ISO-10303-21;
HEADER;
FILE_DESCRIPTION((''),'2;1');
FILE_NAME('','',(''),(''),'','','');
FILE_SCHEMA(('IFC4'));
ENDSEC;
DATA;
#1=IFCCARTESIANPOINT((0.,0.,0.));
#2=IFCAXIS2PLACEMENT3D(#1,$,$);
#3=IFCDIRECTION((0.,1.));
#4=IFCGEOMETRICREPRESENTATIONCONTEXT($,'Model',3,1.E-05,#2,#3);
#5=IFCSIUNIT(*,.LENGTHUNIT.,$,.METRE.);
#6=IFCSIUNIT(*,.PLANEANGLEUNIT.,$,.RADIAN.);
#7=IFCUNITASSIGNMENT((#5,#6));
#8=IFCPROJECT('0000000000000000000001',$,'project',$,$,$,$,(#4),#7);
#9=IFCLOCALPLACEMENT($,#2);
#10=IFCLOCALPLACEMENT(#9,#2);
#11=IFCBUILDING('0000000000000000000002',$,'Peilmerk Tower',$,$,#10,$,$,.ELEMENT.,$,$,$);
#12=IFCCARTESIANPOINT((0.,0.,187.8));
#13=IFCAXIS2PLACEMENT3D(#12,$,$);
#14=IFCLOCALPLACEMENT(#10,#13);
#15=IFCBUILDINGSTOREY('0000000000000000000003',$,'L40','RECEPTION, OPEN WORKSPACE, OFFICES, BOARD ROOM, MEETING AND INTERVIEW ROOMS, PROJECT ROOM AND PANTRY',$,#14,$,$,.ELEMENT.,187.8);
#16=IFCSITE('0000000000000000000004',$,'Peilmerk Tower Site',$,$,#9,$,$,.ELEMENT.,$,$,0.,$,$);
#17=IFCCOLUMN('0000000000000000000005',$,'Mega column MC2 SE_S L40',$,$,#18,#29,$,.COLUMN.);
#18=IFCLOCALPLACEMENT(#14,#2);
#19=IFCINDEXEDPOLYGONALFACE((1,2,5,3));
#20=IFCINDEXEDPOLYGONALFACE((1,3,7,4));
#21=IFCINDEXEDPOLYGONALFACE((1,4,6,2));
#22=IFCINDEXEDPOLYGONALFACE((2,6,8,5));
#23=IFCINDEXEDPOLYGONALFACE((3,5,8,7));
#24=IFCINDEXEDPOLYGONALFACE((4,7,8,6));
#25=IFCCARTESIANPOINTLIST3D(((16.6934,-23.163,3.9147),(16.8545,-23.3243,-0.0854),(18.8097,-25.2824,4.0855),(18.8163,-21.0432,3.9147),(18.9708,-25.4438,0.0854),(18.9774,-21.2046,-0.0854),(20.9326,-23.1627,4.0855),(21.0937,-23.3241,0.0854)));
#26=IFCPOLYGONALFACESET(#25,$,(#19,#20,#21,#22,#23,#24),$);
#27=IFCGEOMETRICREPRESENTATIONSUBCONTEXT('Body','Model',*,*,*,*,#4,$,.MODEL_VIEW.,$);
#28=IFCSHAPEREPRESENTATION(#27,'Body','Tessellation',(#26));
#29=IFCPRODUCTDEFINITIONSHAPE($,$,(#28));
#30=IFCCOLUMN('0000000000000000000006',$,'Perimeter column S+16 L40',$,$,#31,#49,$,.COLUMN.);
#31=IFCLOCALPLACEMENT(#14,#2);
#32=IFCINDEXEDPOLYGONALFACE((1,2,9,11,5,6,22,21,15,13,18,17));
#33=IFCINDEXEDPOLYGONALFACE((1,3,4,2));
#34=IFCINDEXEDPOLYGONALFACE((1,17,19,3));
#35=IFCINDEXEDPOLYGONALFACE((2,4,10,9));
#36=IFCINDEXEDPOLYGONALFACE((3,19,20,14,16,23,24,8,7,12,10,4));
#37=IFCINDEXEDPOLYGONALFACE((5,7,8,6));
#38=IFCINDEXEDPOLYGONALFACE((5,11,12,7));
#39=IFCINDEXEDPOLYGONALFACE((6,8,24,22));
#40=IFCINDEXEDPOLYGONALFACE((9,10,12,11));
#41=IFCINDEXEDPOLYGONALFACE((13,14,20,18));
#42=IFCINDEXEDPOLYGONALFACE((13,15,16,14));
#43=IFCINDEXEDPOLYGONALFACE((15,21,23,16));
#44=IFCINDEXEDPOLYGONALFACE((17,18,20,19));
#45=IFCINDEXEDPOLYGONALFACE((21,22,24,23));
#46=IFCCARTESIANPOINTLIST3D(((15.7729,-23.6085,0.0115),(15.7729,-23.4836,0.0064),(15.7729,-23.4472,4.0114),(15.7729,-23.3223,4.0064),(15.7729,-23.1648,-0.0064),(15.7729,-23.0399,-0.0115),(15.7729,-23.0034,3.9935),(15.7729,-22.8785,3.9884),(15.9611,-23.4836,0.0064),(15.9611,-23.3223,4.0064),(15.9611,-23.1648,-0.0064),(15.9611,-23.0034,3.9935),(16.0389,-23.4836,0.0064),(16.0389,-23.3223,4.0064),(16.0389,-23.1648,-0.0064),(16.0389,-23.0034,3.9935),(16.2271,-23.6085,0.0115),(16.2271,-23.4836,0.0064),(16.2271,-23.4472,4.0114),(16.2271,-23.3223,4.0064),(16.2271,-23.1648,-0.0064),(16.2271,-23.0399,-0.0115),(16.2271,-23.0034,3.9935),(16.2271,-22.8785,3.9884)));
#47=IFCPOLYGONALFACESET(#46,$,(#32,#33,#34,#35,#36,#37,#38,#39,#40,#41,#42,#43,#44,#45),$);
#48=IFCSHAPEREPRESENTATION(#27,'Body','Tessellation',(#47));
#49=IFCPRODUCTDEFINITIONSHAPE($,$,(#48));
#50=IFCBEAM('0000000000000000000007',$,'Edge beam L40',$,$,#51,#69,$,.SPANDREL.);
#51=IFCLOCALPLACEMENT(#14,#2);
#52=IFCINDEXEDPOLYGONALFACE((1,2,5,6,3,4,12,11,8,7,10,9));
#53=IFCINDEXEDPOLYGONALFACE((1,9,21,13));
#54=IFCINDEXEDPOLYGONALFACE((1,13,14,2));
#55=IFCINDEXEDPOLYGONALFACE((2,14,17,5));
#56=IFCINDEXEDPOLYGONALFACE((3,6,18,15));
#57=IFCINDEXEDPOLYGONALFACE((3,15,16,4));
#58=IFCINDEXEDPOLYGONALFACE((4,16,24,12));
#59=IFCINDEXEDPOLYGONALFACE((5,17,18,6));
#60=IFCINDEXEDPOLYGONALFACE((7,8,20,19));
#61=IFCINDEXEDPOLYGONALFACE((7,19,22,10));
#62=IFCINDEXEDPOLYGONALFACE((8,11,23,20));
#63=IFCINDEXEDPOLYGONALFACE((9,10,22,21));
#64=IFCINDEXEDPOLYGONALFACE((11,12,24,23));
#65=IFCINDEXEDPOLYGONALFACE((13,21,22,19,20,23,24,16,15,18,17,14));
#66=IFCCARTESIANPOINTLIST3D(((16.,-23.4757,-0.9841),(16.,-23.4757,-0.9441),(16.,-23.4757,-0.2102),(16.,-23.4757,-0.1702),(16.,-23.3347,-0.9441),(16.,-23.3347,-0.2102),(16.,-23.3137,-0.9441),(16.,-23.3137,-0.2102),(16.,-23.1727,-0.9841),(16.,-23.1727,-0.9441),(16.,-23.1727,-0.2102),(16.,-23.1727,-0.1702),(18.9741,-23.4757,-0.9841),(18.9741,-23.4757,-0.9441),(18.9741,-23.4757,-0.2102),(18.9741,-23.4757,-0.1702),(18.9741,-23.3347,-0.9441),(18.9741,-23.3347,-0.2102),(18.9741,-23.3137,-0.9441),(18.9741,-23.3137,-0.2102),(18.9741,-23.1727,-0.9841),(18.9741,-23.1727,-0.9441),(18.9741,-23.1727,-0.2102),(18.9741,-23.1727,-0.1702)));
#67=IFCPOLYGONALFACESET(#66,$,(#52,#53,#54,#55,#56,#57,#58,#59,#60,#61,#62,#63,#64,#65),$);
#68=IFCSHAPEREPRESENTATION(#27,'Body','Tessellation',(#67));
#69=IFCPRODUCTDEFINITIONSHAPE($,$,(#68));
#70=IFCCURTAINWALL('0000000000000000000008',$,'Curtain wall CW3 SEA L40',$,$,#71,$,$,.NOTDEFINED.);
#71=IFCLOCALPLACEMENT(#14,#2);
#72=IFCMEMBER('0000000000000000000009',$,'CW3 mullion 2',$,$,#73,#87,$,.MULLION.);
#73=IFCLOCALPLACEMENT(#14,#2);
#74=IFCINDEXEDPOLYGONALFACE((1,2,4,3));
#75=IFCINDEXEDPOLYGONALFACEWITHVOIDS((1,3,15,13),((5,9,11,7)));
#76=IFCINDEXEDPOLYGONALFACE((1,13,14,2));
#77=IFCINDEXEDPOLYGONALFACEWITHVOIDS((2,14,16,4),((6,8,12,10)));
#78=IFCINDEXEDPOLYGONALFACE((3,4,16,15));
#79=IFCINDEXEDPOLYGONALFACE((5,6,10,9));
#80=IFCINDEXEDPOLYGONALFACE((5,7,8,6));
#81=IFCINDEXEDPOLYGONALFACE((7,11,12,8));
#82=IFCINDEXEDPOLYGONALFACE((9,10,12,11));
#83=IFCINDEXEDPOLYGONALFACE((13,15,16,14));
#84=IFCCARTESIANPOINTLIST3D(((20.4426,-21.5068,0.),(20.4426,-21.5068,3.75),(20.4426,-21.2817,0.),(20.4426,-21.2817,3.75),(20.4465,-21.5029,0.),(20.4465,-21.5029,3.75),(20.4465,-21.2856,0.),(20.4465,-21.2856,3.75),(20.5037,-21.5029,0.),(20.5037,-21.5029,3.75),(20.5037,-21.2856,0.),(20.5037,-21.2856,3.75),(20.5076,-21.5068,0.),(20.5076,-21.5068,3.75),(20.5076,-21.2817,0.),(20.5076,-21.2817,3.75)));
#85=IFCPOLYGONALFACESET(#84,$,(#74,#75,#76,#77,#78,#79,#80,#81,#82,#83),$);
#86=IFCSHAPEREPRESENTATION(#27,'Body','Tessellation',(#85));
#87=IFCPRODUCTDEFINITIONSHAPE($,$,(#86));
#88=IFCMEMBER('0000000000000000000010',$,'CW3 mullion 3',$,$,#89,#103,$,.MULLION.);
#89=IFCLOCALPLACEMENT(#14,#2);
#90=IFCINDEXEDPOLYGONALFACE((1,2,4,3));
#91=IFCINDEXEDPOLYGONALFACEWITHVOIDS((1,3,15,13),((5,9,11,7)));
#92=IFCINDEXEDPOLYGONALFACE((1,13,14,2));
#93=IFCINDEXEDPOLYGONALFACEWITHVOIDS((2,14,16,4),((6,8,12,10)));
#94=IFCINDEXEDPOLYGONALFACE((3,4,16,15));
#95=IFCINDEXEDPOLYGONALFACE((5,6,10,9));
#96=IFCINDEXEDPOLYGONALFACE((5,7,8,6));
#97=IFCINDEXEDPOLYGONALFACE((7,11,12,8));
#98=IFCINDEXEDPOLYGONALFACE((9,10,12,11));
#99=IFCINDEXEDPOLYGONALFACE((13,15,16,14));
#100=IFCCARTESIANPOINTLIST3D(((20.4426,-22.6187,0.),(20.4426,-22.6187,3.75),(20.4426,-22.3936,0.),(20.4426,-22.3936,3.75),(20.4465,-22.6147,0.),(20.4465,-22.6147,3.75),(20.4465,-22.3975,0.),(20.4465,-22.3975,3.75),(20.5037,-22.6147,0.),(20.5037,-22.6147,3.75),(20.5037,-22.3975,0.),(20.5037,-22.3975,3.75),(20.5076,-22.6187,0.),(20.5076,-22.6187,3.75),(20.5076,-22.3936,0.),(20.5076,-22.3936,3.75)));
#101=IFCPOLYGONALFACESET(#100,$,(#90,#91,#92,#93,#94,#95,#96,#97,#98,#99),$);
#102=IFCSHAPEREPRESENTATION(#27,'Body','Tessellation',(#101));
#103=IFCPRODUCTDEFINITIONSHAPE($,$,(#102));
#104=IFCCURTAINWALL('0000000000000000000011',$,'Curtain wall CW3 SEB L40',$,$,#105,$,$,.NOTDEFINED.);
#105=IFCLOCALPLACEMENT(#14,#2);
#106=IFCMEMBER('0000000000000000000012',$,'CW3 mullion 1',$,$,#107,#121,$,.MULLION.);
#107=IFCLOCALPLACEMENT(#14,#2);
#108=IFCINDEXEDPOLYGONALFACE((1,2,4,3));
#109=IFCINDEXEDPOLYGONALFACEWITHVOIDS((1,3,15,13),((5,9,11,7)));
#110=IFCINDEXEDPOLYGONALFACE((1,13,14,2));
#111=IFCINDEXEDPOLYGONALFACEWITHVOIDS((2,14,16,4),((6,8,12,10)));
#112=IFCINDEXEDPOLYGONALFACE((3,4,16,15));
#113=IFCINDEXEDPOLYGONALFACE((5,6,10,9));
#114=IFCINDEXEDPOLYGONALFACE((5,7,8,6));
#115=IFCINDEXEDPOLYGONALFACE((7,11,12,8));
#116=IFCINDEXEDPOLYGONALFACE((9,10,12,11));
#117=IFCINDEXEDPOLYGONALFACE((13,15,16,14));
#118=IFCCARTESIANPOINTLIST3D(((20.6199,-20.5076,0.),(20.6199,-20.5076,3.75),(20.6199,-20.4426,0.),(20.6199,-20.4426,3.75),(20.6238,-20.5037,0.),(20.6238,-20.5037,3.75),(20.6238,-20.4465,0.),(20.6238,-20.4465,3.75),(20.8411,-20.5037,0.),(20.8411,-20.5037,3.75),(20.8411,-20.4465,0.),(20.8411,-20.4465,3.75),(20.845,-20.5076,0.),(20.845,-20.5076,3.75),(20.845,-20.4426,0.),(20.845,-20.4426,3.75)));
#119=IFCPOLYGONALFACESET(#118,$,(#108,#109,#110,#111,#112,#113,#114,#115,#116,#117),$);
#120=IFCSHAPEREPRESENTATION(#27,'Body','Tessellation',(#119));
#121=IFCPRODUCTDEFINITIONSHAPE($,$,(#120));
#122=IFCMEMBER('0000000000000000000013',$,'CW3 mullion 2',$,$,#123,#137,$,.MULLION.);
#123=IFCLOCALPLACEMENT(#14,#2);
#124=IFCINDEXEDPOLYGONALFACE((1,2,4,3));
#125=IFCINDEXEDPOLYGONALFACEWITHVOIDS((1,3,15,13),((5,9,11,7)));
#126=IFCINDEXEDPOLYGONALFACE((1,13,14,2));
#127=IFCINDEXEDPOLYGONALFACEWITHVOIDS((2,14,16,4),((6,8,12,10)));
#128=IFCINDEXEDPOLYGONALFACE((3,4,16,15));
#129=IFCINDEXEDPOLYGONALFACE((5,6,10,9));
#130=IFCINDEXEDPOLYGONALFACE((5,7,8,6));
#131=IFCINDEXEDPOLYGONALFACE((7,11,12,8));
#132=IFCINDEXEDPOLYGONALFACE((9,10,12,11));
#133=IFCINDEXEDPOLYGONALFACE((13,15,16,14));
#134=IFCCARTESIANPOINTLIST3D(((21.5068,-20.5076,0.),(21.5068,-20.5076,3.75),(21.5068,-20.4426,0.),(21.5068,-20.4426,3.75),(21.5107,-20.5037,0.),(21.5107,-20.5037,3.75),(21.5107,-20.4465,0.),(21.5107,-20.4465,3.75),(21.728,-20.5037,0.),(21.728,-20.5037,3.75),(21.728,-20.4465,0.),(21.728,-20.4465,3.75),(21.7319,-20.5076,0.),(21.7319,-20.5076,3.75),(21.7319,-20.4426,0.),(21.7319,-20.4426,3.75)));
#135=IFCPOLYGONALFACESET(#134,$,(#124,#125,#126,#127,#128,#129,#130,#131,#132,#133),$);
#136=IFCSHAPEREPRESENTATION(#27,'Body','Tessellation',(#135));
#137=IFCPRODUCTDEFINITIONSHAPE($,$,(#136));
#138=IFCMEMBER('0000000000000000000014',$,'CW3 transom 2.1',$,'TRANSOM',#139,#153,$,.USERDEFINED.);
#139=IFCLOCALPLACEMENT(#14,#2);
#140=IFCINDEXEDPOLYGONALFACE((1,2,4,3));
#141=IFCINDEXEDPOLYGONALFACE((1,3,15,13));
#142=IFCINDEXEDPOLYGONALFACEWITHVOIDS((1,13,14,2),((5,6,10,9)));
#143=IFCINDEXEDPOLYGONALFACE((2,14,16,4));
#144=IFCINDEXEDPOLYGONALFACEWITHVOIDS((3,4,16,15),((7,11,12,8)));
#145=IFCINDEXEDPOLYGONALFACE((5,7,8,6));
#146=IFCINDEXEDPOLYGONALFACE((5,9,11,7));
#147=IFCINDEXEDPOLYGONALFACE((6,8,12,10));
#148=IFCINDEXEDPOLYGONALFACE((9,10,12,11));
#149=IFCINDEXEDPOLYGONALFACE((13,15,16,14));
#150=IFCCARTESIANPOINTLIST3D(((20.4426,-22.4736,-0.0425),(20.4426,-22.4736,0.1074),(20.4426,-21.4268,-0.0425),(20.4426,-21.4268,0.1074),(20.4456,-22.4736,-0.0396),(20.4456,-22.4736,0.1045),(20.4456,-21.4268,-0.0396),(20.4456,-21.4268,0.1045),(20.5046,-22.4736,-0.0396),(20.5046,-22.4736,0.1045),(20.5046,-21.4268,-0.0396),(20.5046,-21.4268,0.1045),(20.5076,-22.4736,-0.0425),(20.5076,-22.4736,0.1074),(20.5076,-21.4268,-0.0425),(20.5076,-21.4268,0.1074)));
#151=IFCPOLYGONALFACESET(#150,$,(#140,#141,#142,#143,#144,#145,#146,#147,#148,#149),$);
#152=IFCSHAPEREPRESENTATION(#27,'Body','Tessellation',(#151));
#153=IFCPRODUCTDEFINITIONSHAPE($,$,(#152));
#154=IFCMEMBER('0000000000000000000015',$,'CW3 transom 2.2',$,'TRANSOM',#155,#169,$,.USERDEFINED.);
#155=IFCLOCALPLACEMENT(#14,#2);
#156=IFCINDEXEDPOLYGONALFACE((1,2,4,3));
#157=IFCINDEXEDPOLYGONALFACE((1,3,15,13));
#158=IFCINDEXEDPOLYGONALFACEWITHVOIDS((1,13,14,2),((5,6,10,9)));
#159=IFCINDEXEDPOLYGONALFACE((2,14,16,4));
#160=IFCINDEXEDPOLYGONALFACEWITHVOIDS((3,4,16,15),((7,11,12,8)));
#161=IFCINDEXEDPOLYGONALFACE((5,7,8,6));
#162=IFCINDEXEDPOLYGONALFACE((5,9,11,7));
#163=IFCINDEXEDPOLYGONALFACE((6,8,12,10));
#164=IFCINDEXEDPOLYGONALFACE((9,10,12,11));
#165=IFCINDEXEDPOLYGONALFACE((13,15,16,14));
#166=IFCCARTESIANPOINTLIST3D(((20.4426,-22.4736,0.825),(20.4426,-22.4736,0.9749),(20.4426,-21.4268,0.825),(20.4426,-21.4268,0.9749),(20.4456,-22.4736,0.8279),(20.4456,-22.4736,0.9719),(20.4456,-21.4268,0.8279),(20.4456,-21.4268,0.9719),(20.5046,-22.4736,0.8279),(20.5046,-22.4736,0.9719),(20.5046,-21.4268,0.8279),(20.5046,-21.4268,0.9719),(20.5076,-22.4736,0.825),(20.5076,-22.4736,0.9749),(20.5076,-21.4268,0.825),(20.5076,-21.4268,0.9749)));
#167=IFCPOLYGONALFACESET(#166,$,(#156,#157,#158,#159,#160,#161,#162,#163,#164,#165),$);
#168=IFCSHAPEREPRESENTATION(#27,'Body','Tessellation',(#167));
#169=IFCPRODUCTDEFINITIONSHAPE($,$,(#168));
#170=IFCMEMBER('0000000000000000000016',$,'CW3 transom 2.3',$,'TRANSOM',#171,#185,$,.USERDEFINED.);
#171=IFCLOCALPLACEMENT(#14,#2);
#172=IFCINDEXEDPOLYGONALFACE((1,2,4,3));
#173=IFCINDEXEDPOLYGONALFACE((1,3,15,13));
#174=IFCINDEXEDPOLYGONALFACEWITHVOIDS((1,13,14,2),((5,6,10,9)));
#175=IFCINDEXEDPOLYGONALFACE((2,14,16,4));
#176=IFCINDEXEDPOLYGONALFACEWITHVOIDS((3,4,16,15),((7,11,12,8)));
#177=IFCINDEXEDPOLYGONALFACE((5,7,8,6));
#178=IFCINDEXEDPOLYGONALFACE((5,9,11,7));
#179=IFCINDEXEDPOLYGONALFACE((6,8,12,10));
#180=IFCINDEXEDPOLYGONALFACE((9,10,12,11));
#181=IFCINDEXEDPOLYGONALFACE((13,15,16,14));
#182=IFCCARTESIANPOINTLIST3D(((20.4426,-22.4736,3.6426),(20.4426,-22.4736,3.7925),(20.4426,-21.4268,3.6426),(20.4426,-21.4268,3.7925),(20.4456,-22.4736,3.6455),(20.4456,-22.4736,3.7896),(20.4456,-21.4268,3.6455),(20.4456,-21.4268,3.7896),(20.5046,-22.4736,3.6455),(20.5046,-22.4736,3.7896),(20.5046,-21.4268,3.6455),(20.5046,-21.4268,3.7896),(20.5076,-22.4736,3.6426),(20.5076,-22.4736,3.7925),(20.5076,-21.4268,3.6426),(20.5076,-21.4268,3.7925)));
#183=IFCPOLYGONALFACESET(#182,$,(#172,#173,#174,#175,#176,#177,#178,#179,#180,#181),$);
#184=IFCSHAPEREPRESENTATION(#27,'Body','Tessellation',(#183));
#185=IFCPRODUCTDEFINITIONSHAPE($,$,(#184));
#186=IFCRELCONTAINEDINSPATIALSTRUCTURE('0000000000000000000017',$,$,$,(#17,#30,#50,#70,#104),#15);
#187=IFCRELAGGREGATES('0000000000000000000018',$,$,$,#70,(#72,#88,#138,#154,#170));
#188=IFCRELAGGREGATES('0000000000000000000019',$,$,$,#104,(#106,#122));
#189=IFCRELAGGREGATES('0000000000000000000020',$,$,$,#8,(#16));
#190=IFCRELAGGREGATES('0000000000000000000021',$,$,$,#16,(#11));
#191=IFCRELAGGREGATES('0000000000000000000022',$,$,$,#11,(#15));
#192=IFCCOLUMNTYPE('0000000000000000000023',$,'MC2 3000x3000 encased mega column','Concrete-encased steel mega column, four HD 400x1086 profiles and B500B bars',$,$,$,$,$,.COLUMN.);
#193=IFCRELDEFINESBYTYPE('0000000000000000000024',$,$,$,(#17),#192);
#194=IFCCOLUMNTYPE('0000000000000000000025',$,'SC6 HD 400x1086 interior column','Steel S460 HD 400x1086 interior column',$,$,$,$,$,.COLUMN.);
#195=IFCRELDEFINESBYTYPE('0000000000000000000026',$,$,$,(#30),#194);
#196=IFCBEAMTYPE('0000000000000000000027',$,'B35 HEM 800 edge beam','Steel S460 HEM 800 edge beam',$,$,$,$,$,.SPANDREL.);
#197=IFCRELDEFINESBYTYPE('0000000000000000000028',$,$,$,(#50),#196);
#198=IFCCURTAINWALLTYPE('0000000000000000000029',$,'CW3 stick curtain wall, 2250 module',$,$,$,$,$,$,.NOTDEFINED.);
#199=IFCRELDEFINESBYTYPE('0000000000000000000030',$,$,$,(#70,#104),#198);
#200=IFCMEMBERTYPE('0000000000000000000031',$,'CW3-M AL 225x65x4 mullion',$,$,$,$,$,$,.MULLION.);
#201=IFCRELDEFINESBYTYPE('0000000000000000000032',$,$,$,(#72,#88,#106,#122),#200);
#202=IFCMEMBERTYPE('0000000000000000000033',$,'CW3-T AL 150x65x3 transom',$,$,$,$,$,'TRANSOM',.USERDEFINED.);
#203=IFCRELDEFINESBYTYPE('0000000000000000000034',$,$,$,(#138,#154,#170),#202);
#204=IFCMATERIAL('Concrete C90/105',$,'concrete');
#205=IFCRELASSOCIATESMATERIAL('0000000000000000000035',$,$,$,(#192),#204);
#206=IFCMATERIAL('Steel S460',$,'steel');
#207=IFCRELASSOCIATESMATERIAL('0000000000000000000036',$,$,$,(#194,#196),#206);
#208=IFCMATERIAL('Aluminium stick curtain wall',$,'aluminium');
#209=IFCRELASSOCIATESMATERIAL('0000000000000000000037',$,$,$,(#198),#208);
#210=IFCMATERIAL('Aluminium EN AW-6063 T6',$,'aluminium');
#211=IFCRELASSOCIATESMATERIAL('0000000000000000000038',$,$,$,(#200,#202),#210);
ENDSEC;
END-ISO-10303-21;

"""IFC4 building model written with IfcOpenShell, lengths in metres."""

from ifc_helpers import new_model, si_unit, direction, frame, origin, origin_2d, place, context, subcontext, project, spatial, rectangle, hollow_rectangle, i_section, extrude, material, material_profile, profile_set, type_object, element, aggregate, save


model = new_model("IFC4")

# Units and contexts
model_context = context("Model", 3, precision=1e-05, world=origin(), true_north=direction((0.0, 1.0)))
body_context = subcontext(model_context, "Body", "Model", "MODEL_VIEW")
ifc_project = project(units=[si_unit("LENGTHUNIT", "METRE"), si_unit("PLANEANGLEUNIT", "RADIAN")], contexts=[model_context])

# Site, building, storey
site_placement = place(None, origin())
site = spatial("IfcSite", under=ifc_project, at=site_placement, Name="Peilmerk Tower Site", CompositionType="ELEMENT", RefElevation=0.0)
building_placement = place(site_placement, origin())
building = spatial("IfcBuilding", under=site, at=building_placement, Name="Peilmerk Tower", CompositionType="ELEMENT")
storey_placement = place(building_placement, frame((0.0, 0.0, 187.8)))
storey = spatial("IfcBuildingStorey", under=building, at=storey_placement, Name="L40", Description="RECEPTION, OPEN WORKSPACE, OFFICES, BOARD ROOM, MEETING AND INTERVIEW ROOMS, PROJECT ROOM AND PANTRY", CompositionType="ELEMENT", Elevation=187.8)

# Columns
ifc_material_1 = material(Name="Concrete C90/105", Category="concrete")
ifc_material_profile_1 = material_profile(ifc_material_1, rectangle(XDim=3.0, YDim=3.0, at=origin_2d()), Name="RC 3000x3000")
ifc_profile_set_1 = profile_set([ifc_material_profile_1], Name="Concrete C90/105")
column_type_1 = type_object("IfcColumnType", Name="MC2 3000x3000 encased mega column", Description="Concrete-encased steel mega column, four HD 400x1086 profiles and B500B bars", PredefinedType="COLUMN", material=ifc_profile_set_1)
column_1_placement = place(storey_placement, frame((18.9741, -23.3242, 0.0), z_axis=(-0.040218, 0.040279, 0.998379), x_axis=(-0.707642, -0.706571, 0.0)))
element("IfcColumn", 1, at=column_1_placement, inside=storey, type_object=column_type_1, Name="Mega column MC2 SE_S L40", PredefinedType="COLUMN", context=body_context, shape_type="SweptSolid", body=[
    extrude(rectangle(XDim=3.0, YDim=3.0, at=origin_2d()), origin(), (0.0, 0.0, 1.0), 4.0066),
])
ifc_material_2 = material(Name="Steel S460", Category="steel")
ifc_material_profile_2 = material_profile(ifc_material_2, i_section(OverallWidth=0.4541, OverallDepth=0.5691, WebThickness=0.0779, FlangeThickness=0.125, at=origin_2d()), Name="HD 400x1086")
ifc_profile_set_2 = profile_set([ifc_material_profile_2], Name="Steel S460")
column_type_2 = type_object("IfcColumnType", Name="SC6 HD 400x1086 interior column", Description="Steel S460 HD 400x1086 interior column", PredefinedType="COLUMN", material=ifc_profile_set_2)
column_2_placement = place(storey_placement, frame((16.0, -23.3242, 0.0), z_axis=(0.0, 0.040311, 0.999187), x_axis=(-1.0, 0.0, 0.0)))
element("IfcColumn", 2, at=column_2_placement, inside=storey, type_object=column_type_2, Name="Perimeter column S+16 L40", PredefinedType="COLUMN", context=body_context, shape_type="SweptSolid", body=[
    extrude(i_section(OverallWidth=0.4541, OverallDepth=0.5691, WebThickness=0.0779, FlangeThickness=0.125, at=origin_2d()), origin(), (0.0, 0.0, 1.0), 4.0032),
])

# Beam
ifc_material_profile_3 = material_profile(ifc_material_2, i_section(OverallWidth=0.303, OverallDepth=0.814, WebThickness=0.021, FlangeThickness=0.04, at=origin_2d()), Name="HEM 800")
ifc_profile_set_3 = profile_set([ifc_material_profile_3], Name="Steel S460")
beam_type = type_object("IfcBeamType", Name="B35 HEM 800 edge beam", Description="Steel S460 HEM 800 edge beam", PredefinedType="SPANDREL", material=ifc_profile_set_3)
beam_placement = place(storey_placement, frame((16.0, -23.3242, -0.5771), z_axis=(1.0, 0.0, 0.0), x_axis=(0.0, 1.0, 0.0)))
element("IfcBeam", 3, at=beam_placement, inside=storey, type_object=beam_type, Name="Edge beam L40", PredefinedType="SPANDREL", context=body_context, shape_type="SweptSolid", body=[
    extrude(i_section(OverallWidth=0.303, OverallDepth=0.814, WebThickness=0.021, FlangeThickness=0.04, at=origin_2d()), origin(), (0.0, 0.0, 1.0), 2.9741),
])

# Curtain walls, members
ifc_material_3 = material(Name="Aluminium stick curtain wall", Category="aluminium")
curtain_wall_type = type_object("IfcCurtainWallType", Name="CW3 stick curtain wall, 2250 module", PredefinedType="NOTDEFINED", material=ifc_material_3)
curtain_wall_1_placement = place(storey_placement, origin())
curtain_wall_1 = element("IfcCurtainWall", 4, at=curtain_wall_1_placement, inside=storey, type_object=curtain_wall_type, Name="Curtain wall CW3 SEA L40", PredefinedType="NOTDEFINED")
ifc_material_4 = material(Name="Aluminium EN AW-6063 T6", Category="aluminium")
ifc_material_profile_4 = material_profile(ifc_material_4, hollow_rectangle(XDim=0.0649, YDim=0.2251, WallThickness=0.0039, at=origin_2d()), Name="AL 225x65x4")
ifc_profile_set_4 = profile_set([ifc_material_profile_4], Name="Aluminium EN AW-6063 T6")
member_type_1 = type_object("IfcMemberType", Name="CW3-M AL 225x65x4 mullion", PredefinedType="MULLION", material=ifc_profile_set_4)
member_1_placement = place(storey_placement, frame((20.4751, -21.3943, 0.0), z_axis=(0.0, 0.0, 1.0), x_axis=(1.0, 0.0, 0.0)))
member_1 = element("IfcMember", 5, at=member_1_placement, type_object=member_type_1, Name="CW3 mullion 2", PredefinedType="MULLION", context=body_context, shape_type="SweptSolid", body=[
    extrude(hollow_rectangle(XDim=0.0649, YDim=0.2251, WallThickness=0.0039, at=origin_2d()), origin(), (0.0, 0.0, 1.0), 3.75),
])
member_2_placement = place(storey_placement, frame((20.4751, -22.5061, 0.0), z_axis=(0.0, 0.0, 1.0), x_axis=(1.0, 0.0, 0.0)))
member_2 = element("IfcMember", 6, at=member_2_placement, type_object=member_type_1, Name="CW3 mullion 3", PredefinedType="MULLION", context=body_context, shape_type="SweptSolid", body=[
    extrude(hollow_rectangle(XDim=0.0649, YDim=0.2251, WallThickness=0.0039, at=origin_2d()), origin(), (0.0, 0.0, 1.0), 3.75),
])
curtain_wall_2_placement = place(storey_placement, origin())
curtain_wall_2 = element("IfcCurtainWall", 7, at=curtain_wall_2_placement, inside=storey, type_object=curtain_wall_type, Name="Curtain wall CW3 SEB L40", PredefinedType="NOTDEFINED")
member_3_placement = place(storey_placement, frame((20.7324, -20.4751, 0.0), z_axis=(0.0, 0.0, 1.0), x_axis=(0.0, 1.0, 0.0)))
member_3 = element("IfcMember", 8, at=member_3_placement, type_object=member_type_1, Name="CW3 mullion 1", PredefinedType="MULLION", context=body_context, shape_type="SweptSolid", body=[
    extrude(hollow_rectangle(XDim=0.0649, YDim=0.2251, WallThickness=0.0039, at=origin_2d()), origin(), (0.0, 0.0, 1.0), 3.75),
])
member_4_placement = place(storey_placement, frame((21.6194, -20.4751, 0.0), z_axis=(0.0, 0.0, 1.0), x_axis=(0.0, 1.0, 0.0)))
member_4 = element("IfcMember", 9, at=member_4_placement, type_object=member_type_1, Name="CW3 mullion 2", PredefinedType="MULLION", context=body_context, shape_type="SweptSolid", body=[
    extrude(hollow_rectangle(XDim=0.0649, YDim=0.2251, WallThickness=0.0039, at=origin_2d()), origin(), (0.0, 0.0, 1.0), 3.75),
])

# Members
ifc_material_profile_5 = material_profile(ifc_material_4, hollow_rectangle(XDim=0.0649, YDim=0.1499, WallThickness=0.0029, at=origin_2d()), Name="AL 150x65x3")
ifc_profile_set_5 = profile_set([ifc_material_profile_5], Name="Aluminium EN AW-6063 T6")
member_type_2 = type_object("IfcMemberType", Name="CW3-T AL 150x65x3 transom", ElementType="TRANSOM", PredefinedType="USERDEFINED", material=ifc_profile_set_5)
member_5_placement = place(storey_placement, frame((20.4751, -21.4268, 0.0325), z_axis=(0.0, -1.0, 0.0), x_axis=(1.0, 0.0, 0.0)))
member_5 = element("IfcMember", 10, at=member_5_placement, type_object=member_type_2, Name="CW3 transom 2.1", ObjectType="TRANSOM", PredefinedType="USERDEFINED", context=body_context, shape_type="SweptSolid", body=[
    extrude(hollow_rectangle(XDim=0.0649, YDim=0.1499, WallThickness=0.0029, at=origin_2d()), origin(), (0.0, 0.0, 1.0), 1.0469),
])
member_6_placement = place(storey_placement, frame((20.4751, -21.4268, 0.8999), z_axis=(0.0, -1.0, 0.0), x_axis=(1.0, 0.0, 0.0)))
member_6 = element("IfcMember", 11, at=member_6_placement, type_object=member_type_2, Name="CW3 transom 2.2", ObjectType="TRANSOM", PredefinedType="USERDEFINED", context=body_context, shape_type="SweptSolid", body=[
    extrude(hollow_rectangle(XDim=0.0649, YDim=0.1499, WallThickness=0.0029, at=origin_2d()), origin(), (0.0, 0.0, 1.0), 1.0469),
])
member_7_placement = place(storey_placement, frame((20.4751, -21.4268, 3.7175), z_axis=(0.0, -1.0, 0.0), x_axis=(1.0, 0.0, 0.0)))
member_7 = element("IfcMember", 12, at=member_7_placement, type_object=member_type_2, Name="CW3 transom 2.3", ObjectType="TRANSOM", PredefinedType="USERDEFINED", context=body_context, shape_type="SweptSolid", body=[
    extrude(hollow_rectangle(XDim=0.0649, YDim=0.1499, WallThickness=0.0029, at=origin_2d()), origin(), (0.0, 0.0, 1.0), 1.0469),
])

aggregate(curtain_wall_1, [member_1, member_2, member_5, member_6, member_7])
aggregate(curtain_wall_2, [member_3, member_4])

save(model, "model.ifc")
